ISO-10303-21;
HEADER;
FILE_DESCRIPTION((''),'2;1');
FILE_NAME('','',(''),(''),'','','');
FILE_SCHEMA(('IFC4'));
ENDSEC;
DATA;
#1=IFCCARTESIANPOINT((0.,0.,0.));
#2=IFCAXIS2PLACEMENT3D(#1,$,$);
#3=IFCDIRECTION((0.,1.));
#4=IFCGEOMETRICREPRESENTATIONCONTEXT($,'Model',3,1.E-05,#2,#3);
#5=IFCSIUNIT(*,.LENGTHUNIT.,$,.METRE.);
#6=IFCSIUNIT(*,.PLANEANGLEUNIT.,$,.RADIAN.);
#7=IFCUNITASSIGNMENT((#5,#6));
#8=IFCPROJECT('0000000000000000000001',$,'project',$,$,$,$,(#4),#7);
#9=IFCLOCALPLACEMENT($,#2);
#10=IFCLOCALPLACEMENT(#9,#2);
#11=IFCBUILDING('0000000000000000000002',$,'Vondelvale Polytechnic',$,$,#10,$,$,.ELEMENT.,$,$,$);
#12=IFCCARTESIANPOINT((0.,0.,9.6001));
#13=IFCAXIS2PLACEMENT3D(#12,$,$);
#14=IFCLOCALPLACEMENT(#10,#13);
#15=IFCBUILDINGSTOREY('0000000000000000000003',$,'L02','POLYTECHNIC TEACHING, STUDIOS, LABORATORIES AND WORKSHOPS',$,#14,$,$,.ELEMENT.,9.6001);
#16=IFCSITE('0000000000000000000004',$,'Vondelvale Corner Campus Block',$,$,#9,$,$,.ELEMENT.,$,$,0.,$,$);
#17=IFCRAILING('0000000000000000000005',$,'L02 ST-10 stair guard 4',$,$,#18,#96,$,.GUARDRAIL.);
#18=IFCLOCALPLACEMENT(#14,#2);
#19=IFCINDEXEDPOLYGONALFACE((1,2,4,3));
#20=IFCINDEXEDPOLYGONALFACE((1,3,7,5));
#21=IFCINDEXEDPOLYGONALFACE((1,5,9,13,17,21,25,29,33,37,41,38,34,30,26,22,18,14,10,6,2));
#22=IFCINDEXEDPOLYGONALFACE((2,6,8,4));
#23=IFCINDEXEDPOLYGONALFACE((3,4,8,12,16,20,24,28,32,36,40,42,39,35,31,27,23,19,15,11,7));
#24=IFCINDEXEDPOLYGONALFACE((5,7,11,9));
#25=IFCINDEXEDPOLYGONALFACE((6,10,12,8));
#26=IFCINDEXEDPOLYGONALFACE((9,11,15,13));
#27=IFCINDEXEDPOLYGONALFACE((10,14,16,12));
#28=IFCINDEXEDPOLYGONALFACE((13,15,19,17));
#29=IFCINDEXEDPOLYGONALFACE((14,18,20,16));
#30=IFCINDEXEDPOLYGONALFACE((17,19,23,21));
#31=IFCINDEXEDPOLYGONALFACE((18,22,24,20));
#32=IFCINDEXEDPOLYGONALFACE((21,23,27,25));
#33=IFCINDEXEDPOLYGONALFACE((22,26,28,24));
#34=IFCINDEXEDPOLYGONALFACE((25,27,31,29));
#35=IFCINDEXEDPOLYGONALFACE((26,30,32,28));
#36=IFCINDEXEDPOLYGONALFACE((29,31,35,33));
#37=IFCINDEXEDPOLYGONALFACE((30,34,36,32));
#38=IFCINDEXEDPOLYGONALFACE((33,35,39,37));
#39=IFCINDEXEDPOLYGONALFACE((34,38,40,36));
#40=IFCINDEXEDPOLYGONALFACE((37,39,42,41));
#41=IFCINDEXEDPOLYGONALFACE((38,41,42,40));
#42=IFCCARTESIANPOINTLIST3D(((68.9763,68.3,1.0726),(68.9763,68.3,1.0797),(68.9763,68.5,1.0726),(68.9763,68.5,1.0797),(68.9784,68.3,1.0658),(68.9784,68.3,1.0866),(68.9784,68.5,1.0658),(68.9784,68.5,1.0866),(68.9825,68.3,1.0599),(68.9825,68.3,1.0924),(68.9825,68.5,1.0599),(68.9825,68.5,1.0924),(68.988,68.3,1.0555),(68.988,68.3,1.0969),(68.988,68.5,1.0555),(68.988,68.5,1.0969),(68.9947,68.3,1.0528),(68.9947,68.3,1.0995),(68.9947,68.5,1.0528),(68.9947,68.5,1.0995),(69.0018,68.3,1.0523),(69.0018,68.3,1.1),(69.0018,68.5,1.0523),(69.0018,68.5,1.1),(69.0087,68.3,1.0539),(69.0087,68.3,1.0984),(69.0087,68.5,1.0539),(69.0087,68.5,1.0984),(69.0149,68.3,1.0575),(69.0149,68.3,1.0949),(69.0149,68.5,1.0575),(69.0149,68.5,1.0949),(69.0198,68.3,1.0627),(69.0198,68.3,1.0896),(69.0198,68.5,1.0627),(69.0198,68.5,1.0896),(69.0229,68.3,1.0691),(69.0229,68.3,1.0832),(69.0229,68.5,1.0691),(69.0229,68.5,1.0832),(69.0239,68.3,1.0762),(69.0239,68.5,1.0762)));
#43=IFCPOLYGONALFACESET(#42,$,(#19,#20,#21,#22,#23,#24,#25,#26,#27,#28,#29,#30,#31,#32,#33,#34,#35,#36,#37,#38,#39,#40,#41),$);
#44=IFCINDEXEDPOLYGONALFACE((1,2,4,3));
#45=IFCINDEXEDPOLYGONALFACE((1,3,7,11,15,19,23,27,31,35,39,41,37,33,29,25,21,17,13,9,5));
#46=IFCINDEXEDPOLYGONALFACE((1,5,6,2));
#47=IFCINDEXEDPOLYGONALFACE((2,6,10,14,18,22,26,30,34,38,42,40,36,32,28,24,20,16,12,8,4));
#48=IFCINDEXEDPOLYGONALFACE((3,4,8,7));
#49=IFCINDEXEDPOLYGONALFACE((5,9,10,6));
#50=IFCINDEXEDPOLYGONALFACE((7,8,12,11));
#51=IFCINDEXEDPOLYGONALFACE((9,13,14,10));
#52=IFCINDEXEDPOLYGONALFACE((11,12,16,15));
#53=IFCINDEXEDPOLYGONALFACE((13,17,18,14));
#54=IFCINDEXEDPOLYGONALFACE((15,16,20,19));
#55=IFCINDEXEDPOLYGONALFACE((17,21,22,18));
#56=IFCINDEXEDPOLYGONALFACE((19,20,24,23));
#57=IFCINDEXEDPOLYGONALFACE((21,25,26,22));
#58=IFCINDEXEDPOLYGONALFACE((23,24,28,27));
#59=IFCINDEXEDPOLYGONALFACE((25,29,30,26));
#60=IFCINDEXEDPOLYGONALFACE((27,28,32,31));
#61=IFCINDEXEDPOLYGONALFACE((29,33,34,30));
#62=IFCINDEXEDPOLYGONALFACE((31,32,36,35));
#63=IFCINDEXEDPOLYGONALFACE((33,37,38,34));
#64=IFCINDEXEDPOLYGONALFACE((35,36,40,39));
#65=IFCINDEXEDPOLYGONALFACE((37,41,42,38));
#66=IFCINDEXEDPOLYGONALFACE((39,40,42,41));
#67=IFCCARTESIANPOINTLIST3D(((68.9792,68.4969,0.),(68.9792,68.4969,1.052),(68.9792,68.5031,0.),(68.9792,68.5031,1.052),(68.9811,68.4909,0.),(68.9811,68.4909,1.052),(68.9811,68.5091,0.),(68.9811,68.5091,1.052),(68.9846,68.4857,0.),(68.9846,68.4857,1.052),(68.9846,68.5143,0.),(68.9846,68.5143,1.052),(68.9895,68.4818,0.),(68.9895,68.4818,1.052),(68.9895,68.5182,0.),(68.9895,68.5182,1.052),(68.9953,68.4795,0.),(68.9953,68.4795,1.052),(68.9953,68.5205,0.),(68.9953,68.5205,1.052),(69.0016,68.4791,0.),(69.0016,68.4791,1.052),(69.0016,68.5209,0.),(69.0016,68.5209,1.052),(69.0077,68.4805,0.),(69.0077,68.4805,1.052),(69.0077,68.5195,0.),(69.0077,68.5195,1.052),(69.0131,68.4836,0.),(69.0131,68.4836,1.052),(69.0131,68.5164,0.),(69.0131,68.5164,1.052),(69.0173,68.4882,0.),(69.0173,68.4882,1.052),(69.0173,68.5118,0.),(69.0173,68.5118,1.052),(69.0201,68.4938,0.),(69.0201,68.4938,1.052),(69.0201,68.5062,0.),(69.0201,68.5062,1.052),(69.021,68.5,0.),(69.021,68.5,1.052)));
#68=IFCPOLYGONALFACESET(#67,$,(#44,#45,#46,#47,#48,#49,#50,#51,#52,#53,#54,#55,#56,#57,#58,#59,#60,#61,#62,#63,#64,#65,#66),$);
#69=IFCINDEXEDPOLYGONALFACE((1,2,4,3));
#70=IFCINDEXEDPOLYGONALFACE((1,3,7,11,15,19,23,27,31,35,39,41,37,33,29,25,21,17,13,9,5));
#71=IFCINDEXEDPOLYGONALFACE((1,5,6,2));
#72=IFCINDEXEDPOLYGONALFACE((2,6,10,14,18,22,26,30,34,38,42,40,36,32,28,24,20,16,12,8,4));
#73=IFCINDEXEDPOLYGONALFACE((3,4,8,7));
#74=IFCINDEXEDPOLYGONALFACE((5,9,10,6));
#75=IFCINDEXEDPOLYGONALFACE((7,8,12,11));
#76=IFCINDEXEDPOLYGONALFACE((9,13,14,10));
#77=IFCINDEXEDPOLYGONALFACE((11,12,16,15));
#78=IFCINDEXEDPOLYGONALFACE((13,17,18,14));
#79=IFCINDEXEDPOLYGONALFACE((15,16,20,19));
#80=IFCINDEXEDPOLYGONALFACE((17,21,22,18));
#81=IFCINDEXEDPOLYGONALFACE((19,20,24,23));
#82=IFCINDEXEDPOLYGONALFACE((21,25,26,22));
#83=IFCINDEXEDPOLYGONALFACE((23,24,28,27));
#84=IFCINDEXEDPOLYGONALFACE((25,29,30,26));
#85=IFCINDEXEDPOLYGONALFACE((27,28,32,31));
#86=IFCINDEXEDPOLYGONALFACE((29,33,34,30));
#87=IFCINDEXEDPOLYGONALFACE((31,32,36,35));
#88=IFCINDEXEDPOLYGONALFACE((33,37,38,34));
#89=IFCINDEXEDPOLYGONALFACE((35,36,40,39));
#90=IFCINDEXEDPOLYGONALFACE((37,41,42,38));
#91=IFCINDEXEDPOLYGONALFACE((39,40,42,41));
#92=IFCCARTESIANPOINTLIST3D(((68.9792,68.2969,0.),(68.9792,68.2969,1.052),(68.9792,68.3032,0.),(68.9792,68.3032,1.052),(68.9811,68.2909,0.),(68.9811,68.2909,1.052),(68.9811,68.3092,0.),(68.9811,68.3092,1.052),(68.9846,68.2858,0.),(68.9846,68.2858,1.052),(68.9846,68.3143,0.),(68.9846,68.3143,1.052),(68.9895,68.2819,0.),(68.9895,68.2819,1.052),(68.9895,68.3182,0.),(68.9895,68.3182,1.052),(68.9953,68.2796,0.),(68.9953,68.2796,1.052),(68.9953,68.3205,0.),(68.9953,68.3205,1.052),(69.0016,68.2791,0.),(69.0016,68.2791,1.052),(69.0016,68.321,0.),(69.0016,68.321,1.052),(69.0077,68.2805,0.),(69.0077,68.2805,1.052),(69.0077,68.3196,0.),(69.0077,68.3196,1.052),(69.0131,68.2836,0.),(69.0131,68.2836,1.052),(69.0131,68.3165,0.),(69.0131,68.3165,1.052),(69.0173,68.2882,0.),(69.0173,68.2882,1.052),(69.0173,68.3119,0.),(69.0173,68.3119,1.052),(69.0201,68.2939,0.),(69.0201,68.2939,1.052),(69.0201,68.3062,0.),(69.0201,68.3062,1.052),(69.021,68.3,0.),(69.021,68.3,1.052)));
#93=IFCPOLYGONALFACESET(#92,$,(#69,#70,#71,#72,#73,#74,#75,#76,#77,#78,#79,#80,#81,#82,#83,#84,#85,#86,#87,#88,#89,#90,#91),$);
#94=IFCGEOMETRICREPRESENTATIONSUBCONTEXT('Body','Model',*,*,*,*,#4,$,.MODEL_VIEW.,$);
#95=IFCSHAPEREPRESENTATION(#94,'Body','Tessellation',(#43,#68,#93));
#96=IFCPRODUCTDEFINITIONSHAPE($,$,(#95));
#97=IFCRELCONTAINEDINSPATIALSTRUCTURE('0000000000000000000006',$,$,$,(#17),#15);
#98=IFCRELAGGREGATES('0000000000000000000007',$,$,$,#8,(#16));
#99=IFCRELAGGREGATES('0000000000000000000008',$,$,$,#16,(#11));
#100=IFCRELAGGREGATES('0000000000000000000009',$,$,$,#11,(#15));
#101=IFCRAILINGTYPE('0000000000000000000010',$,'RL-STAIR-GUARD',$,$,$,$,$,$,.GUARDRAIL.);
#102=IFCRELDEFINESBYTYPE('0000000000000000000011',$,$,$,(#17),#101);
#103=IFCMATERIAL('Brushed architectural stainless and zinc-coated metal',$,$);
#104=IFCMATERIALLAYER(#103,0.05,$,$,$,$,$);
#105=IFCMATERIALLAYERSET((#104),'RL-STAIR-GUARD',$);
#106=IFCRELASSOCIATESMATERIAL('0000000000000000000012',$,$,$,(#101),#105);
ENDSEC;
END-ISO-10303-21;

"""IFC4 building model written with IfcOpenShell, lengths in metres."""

from ifc_helpers import new_model, si_unit, direction, frame, origin, origin_2d, place, context, subcontext, project, spatial, circle, extrude, material, layer, layer_set, type_object, element, save


model = new_model("IFC4")

# Units and contexts
model_context = context("Model", 3, precision=1e-05, world=origin(), true_north=direction((0.0, 1.0)))
body_context = subcontext(model_context, "Body", "Model", "MODEL_VIEW")
ifc_project = project(units=[si_unit("LENGTHUNIT", "METRE"), si_unit("PLANEANGLEUNIT", "RADIAN")], contexts=[model_context])

# Site, building, storey
site_placement = place(None, origin())
site = spatial("IfcSite", under=ifc_project, at=site_placement, Name="Vondelvale Corner Campus Block", CompositionType="ELEMENT", RefElevation=0.0)
building_placement = place(site_placement, origin())
building = spatial("IfcBuilding", under=site, at=building_placement, Name="Vondelvale Polytechnic", CompositionType="ELEMENT")
storey_placement = place(building_placement, frame((0.0, 0.0, 9.6001)))
storey = spatial("IfcBuildingStorey", under=building, at=storey_placement, Name="L02", Description="POLYTECHNIC TEACHING, STUDIOS, LABORATORIES AND WORKSHOPS", CompositionType="ELEMENT", Elevation=9.6001)

# Railing
ifc_material_1 = material(Name="Brushed architectural stainless and zinc-coated metal")
ifc_layer_1 = layer(ifc_material_1, 0.05)
ifc_layer_set_1 = layer_set([ifc_layer_1], Name="RL-STAIR-GUARD")
railing_type_1 = type_object("IfcRailingType", Name="RL-STAIR-GUARD", PredefinedType="GUARDRAIL", material=ifc_layer_set_1)
railing_1_placement = place(storey_placement, frame((69.0, 68.5, 0.0)))
element("IfcRailing", 1, at=railing_1_placement, inside=storey, type_object=railing_type_1, Name="L02 ST-10 stair guard 4", PredefinedType="GUARDRAIL", context=body_context, shape_type="SweptSolid", body=[
    extrude(circle(Radius=0.0239, at=origin_2d()), frame((0.0, 0.0, 1.0762), z_axis=(0.0, -1.0, 0.0), x_axis=(1.0, 0.0, 0.0)), (0.0, 0.0, 1.0), 0.2),
    extrude(circle(Radius=0.021, at=origin_2d()), origin(), (0.0, 0.0, 1.0), 1.052),
    extrude(circle(Radius=0.021, at=origin_2d()), frame((0.0, -0.2, 0.0)), (0.0, 0.0, 1.0), 1.052),
])

save(model, "model.ifc")
